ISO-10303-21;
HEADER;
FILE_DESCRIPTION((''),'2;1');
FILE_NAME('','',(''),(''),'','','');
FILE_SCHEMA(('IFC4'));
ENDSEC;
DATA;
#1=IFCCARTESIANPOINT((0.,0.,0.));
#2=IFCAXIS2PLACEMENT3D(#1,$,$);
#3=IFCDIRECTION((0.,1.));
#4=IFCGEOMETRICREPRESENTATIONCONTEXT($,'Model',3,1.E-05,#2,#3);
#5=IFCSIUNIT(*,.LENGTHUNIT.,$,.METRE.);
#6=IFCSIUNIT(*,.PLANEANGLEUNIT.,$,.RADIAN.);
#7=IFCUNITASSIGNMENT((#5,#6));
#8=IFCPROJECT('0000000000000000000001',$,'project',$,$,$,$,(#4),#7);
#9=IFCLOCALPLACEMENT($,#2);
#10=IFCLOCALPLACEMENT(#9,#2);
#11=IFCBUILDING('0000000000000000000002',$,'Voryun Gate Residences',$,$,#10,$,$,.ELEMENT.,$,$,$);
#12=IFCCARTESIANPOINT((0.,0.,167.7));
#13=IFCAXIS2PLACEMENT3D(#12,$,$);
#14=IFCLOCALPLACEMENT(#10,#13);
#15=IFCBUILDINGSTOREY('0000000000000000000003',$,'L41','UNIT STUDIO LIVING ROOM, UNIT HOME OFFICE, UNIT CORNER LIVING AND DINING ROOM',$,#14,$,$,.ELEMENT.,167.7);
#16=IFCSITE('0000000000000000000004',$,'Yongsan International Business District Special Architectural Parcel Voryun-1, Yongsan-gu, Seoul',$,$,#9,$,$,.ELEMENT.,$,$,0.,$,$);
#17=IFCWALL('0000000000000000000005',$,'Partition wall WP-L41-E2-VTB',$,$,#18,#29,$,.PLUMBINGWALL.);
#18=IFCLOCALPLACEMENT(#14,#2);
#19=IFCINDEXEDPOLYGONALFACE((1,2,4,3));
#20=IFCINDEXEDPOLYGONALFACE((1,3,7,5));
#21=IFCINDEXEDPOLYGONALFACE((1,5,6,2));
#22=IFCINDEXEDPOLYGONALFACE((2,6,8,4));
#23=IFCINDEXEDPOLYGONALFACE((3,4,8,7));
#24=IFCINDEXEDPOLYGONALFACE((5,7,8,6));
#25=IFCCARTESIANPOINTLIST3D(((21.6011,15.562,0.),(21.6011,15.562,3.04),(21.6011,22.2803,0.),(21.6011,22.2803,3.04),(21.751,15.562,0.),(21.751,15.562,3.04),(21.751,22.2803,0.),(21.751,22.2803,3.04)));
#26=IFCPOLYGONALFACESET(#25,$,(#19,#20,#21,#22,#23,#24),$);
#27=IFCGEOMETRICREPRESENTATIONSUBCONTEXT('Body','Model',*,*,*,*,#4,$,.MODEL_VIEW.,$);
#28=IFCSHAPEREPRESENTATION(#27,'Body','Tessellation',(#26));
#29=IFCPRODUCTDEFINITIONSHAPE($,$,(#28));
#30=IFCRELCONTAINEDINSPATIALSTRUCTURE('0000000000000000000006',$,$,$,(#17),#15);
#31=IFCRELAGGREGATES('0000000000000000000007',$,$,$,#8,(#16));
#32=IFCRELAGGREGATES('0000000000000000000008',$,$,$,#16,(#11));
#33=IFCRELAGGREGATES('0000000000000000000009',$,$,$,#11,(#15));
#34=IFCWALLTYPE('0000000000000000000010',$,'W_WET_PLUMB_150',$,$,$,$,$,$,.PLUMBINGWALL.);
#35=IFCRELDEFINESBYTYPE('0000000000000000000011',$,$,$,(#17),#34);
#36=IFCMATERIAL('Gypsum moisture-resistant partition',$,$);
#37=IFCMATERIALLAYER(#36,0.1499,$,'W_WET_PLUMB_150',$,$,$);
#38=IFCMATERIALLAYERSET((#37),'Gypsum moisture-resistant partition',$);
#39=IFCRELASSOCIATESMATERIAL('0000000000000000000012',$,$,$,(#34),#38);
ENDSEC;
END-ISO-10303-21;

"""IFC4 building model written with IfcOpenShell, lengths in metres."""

from ifc_helpers import new_model, si_unit, direction, frame, frame_2d, origin, place, context, subcontext, project, spatial, rectangle, extrude, material, layer, layer_set, type_object, element, save


model = new_model("IFC4")

# Units and contexts
model_context = context("Model", 3, precision=1e-05, world=origin(), true_north=direction((0.0, 1.0)))
body_context = subcontext(model_context, "Body", "Model", "MODEL_VIEW")
ifc_project = project(units=[si_unit("LENGTHUNIT", "METRE"), si_unit("PLANEANGLEUNIT", "RADIAN")], contexts=[model_context])

# Site, building, storey
site_placement = place(None, origin())
site = spatial("IfcSite", under=ifc_project, at=site_placement, Name="Yongsan International Business District Special Architectural Parcel Voryun-1, Yongsan-gu, Seoul", CompositionType="ELEMENT", RefElevation=0.0)
building_placement = place(site_placement, origin())
building = spatial("IfcBuilding", under=site, at=building_placement, Name="Voryun Gate Residences", CompositionType="ELEMENT")
storey_placement = place(building_placement, frame((0.0, 0.0, 167.7)))
storey = spatial("IfcBuildingStorey", under=building, at=storey_placement, Name="L41", Description="UNIT STUDIO LIVING ROOM, UNIT HOME OFFICE, UNIT CORNER LIVING AND DINING ROOM", CompositionType="ELEMENT", Elevation=167.7)

# Shared definitions
ifc_material_1 = material(Name="Gypsum moisture-resistant partition")
ifc_layer_1 = layer(ifc_material_1, 0.1499, Name="W_WET_PLUMB_150")
ifc_layer_set_1 = layer_set([ifc_layer_1], Name="Gypsum moisture-resistant partition")
wall_type_1 = type_object("IfcWallType", Name="W_WET_PLUMB_150", PredefinedType="PLUMBINGWALL", material=ifc_layer_set_1)

# Wall
wall_1_placement = place(storey_placement, frame((21.676, 15.562, 0.0), z_axis=(0.0, 0.0, 1.0), x_axis=(0.0, 1.0, 0.0)))
element("IfcWall", 1, at=wall_1_placement, inside=storey, type_object=wall_type_1, Name="Partition wall WP-L41-E2-VTB", PredefinedType="PLUMBINGWALL", context=body_context, shape_type="SweptSolid", body=[
    extrude(rectangle(XDim=6.7183, YDim=0.1499, at=frame_2d((3.3591, 0.0))), origin(), (0.0, 0.0, 1.0), 3.04),
])

save(model, "model.ifc")
